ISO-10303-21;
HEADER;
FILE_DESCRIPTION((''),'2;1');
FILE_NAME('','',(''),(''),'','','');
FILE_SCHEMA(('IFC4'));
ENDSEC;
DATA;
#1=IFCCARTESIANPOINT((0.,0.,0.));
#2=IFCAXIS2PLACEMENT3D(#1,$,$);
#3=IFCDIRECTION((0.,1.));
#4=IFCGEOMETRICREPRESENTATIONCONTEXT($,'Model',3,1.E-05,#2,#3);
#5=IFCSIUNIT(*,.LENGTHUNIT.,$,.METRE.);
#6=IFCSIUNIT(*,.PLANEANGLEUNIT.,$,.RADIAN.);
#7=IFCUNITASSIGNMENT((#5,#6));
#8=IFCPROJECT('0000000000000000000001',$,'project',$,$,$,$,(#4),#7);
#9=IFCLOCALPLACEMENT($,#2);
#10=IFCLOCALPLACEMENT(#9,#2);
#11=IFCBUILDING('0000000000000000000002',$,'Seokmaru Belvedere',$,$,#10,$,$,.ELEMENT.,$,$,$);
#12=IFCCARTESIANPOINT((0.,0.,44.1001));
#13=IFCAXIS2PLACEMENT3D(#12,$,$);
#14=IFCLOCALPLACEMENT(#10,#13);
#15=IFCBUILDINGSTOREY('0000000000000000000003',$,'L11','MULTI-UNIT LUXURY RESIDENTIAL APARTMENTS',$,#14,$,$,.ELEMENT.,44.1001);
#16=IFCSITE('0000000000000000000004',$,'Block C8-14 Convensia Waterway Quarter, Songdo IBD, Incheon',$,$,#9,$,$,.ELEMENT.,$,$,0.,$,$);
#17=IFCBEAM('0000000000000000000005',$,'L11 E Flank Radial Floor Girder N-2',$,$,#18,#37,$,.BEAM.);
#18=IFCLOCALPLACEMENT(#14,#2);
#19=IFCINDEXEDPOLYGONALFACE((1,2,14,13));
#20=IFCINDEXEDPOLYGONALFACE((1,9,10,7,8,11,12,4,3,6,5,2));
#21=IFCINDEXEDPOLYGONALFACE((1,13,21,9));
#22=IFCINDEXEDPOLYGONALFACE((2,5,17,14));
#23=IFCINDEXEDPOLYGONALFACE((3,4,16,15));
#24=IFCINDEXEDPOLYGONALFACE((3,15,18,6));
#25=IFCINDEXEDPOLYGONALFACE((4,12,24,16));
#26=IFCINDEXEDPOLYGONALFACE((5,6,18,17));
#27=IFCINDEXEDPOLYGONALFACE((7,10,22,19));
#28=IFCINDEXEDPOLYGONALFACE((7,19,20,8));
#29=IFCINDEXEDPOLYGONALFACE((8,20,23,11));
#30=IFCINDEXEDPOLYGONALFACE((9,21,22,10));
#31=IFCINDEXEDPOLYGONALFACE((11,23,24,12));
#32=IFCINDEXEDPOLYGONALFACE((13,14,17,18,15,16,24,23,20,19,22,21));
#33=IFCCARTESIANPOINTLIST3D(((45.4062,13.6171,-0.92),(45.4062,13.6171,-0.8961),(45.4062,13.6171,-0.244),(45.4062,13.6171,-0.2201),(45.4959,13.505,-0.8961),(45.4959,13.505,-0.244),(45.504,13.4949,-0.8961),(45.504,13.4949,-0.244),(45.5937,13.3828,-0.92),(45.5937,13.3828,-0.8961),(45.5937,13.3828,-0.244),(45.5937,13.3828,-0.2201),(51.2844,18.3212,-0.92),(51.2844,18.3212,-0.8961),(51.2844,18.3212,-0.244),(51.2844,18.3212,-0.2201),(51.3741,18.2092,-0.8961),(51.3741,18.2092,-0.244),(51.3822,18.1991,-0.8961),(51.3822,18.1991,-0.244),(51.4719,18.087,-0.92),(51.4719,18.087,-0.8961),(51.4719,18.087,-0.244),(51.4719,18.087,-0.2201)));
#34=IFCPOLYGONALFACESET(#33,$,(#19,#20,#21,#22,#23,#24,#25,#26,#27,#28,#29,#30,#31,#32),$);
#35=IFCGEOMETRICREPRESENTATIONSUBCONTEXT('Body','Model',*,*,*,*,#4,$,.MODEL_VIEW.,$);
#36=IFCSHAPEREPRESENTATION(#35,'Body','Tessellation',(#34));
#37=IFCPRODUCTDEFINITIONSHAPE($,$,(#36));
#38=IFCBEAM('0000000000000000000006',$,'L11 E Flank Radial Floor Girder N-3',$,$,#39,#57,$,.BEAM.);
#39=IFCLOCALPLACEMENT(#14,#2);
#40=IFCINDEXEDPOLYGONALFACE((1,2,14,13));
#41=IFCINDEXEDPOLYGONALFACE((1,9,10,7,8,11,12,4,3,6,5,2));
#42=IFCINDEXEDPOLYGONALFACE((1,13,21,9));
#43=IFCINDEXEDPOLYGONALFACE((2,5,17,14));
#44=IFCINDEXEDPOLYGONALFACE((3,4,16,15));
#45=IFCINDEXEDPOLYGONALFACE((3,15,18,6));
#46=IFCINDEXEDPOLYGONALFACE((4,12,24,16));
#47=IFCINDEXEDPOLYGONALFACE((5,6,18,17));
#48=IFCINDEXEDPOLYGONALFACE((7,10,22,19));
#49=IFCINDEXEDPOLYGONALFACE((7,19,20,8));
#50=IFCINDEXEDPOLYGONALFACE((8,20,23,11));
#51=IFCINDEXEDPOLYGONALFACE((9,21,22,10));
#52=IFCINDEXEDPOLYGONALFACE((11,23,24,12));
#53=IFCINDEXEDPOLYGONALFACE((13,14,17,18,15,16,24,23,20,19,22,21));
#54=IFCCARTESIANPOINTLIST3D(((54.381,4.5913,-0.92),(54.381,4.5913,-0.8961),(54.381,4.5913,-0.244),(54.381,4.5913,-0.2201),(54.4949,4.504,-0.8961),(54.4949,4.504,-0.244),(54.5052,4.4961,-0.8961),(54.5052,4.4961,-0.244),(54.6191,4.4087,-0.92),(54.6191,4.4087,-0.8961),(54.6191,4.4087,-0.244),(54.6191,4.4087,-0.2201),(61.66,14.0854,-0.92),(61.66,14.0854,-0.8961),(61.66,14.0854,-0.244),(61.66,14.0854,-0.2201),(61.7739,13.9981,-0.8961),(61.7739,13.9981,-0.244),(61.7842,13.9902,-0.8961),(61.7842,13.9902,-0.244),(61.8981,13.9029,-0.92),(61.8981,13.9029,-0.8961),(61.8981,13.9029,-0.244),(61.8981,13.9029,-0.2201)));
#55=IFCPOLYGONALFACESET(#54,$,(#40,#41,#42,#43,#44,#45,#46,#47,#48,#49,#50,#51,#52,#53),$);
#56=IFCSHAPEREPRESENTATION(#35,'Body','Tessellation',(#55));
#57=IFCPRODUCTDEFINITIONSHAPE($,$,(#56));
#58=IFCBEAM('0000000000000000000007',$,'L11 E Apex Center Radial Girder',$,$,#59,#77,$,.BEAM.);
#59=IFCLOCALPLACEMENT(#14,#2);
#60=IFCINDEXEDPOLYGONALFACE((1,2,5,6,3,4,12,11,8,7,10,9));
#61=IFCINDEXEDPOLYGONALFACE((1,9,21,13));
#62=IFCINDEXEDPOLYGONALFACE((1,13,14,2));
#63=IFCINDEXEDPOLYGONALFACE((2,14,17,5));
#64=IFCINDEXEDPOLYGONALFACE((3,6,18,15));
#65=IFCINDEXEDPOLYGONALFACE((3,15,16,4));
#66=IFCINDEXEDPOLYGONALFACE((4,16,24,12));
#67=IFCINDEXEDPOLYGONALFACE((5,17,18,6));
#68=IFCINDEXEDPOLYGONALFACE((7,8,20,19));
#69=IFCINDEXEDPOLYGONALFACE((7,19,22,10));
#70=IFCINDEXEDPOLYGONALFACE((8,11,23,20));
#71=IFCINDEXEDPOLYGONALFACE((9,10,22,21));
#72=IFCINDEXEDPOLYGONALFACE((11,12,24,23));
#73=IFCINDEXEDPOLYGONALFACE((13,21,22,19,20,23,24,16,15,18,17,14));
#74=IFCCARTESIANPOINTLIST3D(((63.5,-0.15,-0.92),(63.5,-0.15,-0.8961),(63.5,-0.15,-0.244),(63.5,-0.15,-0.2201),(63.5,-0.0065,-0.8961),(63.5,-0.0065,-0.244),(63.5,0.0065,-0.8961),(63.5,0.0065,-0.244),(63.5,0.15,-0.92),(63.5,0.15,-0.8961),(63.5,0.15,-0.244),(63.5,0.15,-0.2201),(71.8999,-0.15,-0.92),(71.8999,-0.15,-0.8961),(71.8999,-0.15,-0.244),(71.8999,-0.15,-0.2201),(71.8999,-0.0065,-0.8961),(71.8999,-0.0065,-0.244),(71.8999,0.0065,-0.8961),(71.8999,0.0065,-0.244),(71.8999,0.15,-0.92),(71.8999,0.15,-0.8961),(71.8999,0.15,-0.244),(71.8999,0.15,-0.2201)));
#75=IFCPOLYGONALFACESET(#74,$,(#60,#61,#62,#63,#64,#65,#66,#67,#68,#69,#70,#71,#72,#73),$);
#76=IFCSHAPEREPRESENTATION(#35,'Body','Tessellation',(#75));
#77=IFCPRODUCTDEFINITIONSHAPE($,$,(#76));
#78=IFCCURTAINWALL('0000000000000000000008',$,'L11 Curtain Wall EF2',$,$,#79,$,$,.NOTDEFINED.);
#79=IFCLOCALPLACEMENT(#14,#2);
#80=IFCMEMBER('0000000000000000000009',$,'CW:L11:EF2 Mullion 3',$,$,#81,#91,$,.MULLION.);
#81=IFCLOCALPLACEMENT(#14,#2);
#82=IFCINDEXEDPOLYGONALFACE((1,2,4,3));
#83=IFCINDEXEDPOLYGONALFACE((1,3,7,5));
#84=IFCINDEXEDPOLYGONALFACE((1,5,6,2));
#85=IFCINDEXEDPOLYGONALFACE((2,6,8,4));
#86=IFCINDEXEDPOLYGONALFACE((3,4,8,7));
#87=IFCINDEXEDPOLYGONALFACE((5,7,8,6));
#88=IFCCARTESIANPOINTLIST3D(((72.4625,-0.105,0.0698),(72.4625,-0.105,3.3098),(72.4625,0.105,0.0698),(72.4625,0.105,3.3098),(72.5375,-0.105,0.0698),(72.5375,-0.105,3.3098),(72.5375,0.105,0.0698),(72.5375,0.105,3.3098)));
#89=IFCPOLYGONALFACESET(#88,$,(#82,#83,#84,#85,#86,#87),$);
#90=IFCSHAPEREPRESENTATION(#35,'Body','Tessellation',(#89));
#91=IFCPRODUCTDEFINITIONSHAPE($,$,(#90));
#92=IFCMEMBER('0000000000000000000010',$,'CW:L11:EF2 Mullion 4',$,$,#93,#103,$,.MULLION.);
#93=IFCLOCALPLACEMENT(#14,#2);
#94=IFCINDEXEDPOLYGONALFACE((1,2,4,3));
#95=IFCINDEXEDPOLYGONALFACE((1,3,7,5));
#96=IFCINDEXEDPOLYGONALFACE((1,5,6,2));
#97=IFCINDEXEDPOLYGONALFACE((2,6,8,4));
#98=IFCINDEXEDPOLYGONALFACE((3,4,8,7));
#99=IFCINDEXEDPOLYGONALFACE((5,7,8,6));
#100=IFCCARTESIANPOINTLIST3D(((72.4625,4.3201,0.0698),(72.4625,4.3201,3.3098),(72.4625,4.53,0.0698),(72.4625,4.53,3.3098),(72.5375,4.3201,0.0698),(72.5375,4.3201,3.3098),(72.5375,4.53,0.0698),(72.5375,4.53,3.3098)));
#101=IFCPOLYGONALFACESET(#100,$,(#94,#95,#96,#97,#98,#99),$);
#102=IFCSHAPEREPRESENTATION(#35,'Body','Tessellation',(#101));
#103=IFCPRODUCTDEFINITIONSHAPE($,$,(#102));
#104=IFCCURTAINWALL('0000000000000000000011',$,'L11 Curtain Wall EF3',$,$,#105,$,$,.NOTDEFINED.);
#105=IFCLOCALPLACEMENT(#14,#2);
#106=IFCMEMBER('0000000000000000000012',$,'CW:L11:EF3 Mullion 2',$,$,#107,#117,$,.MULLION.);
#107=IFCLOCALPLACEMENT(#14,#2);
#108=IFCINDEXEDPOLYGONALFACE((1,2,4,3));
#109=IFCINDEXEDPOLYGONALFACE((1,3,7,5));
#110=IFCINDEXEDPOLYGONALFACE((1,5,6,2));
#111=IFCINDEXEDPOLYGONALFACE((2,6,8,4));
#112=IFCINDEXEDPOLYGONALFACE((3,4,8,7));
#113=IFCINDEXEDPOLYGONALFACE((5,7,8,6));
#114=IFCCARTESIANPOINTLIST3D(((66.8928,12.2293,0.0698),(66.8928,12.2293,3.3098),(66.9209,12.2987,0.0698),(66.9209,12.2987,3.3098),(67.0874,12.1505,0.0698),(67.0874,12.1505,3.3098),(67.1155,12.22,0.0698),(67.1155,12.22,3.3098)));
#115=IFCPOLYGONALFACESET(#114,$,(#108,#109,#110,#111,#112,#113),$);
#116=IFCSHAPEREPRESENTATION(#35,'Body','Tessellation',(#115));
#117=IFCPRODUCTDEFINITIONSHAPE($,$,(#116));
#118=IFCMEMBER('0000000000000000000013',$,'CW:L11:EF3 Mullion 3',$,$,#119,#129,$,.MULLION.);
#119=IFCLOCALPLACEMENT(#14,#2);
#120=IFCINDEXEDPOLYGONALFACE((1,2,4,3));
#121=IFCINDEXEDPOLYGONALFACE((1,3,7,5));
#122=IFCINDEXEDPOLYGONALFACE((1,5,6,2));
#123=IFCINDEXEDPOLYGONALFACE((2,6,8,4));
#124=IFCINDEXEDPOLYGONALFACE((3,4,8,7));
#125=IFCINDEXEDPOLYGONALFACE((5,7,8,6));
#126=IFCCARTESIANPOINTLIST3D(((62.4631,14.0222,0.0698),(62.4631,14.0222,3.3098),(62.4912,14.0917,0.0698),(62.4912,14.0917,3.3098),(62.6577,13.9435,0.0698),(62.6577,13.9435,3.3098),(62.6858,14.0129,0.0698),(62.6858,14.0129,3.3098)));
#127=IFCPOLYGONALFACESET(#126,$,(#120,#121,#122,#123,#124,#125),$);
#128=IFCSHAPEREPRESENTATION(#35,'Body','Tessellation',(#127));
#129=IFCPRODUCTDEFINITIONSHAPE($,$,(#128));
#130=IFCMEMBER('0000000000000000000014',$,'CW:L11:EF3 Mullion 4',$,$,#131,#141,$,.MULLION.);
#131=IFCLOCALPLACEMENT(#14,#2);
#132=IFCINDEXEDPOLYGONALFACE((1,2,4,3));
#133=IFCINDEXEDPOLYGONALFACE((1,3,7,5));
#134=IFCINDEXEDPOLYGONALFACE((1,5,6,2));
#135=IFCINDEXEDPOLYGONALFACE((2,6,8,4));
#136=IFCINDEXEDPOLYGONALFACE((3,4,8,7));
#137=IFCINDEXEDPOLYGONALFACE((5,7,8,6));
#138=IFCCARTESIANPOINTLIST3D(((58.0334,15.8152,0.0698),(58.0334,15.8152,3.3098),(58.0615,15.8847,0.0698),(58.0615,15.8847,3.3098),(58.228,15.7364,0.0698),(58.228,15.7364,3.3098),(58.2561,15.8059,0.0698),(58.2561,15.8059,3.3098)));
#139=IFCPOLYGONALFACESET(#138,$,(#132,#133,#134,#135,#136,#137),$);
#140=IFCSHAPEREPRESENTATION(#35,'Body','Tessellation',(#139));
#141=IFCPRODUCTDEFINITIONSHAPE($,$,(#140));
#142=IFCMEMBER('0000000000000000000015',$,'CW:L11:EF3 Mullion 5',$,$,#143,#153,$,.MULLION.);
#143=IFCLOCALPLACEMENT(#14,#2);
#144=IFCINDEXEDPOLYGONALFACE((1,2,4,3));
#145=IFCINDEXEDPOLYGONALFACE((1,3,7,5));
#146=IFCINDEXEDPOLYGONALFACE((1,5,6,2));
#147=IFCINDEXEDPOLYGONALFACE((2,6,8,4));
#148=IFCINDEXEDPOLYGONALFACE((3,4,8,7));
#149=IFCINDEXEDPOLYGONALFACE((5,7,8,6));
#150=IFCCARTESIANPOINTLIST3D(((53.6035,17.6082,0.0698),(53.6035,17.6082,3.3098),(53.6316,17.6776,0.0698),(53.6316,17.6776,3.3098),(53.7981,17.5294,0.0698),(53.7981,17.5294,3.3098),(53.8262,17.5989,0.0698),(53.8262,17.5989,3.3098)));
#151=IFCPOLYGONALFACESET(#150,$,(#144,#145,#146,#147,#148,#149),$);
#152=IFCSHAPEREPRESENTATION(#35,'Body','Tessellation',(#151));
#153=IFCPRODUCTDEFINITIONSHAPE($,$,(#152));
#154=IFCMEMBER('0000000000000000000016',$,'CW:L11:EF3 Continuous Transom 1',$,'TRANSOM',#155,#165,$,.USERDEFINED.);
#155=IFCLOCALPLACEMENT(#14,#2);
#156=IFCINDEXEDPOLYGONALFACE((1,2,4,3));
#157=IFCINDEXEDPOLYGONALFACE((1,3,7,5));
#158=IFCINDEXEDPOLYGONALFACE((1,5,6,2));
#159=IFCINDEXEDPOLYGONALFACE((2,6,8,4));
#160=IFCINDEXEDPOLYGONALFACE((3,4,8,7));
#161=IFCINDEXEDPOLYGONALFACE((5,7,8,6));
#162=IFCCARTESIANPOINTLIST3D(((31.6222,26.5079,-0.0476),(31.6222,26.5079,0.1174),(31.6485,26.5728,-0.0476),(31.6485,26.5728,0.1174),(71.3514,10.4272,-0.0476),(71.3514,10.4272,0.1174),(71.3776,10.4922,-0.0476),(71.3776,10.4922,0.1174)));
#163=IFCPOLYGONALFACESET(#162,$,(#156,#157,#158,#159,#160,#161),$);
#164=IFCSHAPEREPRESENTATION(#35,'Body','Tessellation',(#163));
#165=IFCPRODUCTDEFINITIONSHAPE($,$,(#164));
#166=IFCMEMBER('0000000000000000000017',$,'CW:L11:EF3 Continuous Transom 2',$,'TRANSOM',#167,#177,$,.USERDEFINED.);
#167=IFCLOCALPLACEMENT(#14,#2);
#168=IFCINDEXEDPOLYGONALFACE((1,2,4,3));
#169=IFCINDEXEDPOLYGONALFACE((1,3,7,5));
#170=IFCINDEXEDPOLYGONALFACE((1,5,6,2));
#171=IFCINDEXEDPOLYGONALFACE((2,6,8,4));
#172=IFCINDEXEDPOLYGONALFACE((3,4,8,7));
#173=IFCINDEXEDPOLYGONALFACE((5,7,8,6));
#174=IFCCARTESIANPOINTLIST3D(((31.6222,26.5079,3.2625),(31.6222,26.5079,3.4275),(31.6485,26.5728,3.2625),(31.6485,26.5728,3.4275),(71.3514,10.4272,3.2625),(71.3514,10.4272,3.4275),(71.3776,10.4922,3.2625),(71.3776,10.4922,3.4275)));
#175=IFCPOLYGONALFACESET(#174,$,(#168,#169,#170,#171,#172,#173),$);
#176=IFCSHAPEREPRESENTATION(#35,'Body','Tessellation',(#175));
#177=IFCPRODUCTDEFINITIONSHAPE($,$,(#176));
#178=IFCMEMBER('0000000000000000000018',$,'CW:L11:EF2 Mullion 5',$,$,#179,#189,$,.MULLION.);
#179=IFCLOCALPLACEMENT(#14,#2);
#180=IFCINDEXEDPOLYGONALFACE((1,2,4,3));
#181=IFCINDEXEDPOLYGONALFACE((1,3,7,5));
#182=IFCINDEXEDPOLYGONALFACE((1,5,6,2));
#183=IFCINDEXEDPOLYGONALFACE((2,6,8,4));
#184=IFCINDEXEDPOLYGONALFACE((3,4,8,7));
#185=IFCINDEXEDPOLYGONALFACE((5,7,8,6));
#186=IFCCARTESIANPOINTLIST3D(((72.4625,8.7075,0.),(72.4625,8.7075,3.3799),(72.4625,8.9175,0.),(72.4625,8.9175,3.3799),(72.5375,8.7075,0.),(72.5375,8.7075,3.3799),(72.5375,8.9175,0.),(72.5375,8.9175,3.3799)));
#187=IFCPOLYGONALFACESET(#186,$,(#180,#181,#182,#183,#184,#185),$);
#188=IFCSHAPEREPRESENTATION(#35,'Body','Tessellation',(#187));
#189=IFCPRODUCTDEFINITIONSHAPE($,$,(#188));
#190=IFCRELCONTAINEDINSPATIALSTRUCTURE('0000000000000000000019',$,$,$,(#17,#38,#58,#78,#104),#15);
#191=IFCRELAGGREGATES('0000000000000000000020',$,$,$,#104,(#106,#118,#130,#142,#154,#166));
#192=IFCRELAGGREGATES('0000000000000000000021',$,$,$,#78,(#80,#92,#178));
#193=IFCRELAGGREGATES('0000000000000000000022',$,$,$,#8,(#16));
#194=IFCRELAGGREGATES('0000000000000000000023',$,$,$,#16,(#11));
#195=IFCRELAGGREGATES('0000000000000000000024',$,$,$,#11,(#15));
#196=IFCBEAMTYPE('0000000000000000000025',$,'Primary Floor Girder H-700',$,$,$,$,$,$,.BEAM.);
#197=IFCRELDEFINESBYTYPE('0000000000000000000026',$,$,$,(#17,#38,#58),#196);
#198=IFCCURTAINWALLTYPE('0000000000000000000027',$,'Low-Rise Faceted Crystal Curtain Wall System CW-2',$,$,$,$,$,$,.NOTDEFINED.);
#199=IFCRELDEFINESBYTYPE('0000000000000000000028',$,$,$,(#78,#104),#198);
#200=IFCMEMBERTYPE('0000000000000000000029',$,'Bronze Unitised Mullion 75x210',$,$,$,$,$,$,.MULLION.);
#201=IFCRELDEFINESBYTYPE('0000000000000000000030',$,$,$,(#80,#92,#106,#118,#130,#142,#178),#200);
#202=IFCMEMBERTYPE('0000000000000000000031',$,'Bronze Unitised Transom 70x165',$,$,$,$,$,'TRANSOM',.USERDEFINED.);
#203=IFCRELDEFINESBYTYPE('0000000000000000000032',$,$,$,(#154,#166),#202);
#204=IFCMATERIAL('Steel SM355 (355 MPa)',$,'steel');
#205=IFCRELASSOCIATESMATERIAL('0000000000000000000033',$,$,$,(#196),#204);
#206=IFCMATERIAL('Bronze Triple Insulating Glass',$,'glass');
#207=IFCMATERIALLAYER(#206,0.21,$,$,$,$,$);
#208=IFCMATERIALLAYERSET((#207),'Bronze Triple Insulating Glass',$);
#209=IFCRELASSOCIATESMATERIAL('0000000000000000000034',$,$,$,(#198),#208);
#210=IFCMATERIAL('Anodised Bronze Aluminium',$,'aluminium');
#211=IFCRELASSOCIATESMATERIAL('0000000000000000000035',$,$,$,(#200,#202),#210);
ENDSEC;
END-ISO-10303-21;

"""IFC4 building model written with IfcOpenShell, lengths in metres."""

from ifc_helpers import new_model, si_unit, direction, frame, origin, origin_2d, place, context, subcontext, project, spatial, rectangle, i_section, extrude, source, transform, mapped, material, layer, layer_set, material_profile, profile_set, type_object, type_shapes, element, aggregate, save


model = new_model("IFC4")

# Units and contexts
model_context = context("Model", 3, precision=1e-05, world=origin(), true_north=direction((0.0, 1.0)))
body_context = subcontext(model_context, "Body", "Model", "MODEL_VIEW")
ifc_project = project(units=[si_unit("LENGTHUNIT", "METRE"), si_unit("PLANEANGLEUNIT", "RADIAN")], contexts=[model_context])

# Site, building, storey
site_placement = place(None, origin())
site = spatial("IfcSite", under=ifc_project, at=site_placement, Name="Block C8-14 Convensia Waterway Quarter, Songdo IBD, Incheon", CompositionType="ELEMENT", RefElevation=0.0)
building_placement = place(site_placement, origin())
building = spatial("IfcBuilding", under=site, at=building_placement, Name="Seokmaru Belvedere", CompositionType="ELEMENT")
storey_placement = place(building_placement, frame((0.0, 0.0, 44.1001)))
storey = spatial("IfcBuildingStorey", under=building, at=storey_placement, Name="L11", Description="MULTI-UNIT LUXURY RESIDENTIAL APARTMENTS", CompositionType="ELEMENT", Elevation=44.1001)

# Shared definitions
ifc_material_1 = material(Name="Steel SM355 (355 MPa)", Category="steel")

# Beams
ifc_material_profile_1 = material_profile(ifc_material_1, i_section(OverallWidth=0.3, OverallDepth=0.7, WebThickness=0.0129, FlangeThickness=0.0239, at=origin_2d()), Name="H-700x300x13x24")
ifc_profile_set_1 = profile_set([ifc_material_profile_1], Name="Steel SM355 (355 MPa)")
beam_type_1 = type_object("IfcBeamType", Name="Primary Floor Girder H-700", PredefinedType="BEAM", material=ifc_profile_set_1)
shared_shape_1 = source(origin(), body_context, "Body", "SweptSolid", [
    extrude(i_section(OverallWidth=0.3, OverallDepth=0.7, WebThickness=0.0129, FlangeThickness=0.0239, at=origin_2d()), origin(), (0.0, 0.0, 1.0), 7.5288),
])
beam_1_placement = place(storey_placement, frame((51.3782, 18.2041, -0.5701), z_axis=(-0.780768, -0.624822, 0.0), x_axis=(0.624822, -0.780768, 0.0)))
element("IfcBeam", 1, at=beam_1_placement, inside=storey, type_object=beam_type_1, Name="L11 E Flank Radial Floor Girder N-2", PredefinedType="BEAM", context=body_context, shape_type="MappedRepresentation", body=[
    mapped(shared_shape_1, transform((0.0, 0.0, 0.0), scale=1.0)),
])
shared_shape_2 = source(origin(), body_context, "Body", "SweptSolid", [
    extrude(i_section(OverallWidth=0.3, OverallDepth=0.7, WebThickness=0.0129, FlangeThickness=0.0239, at=origin_2d()), origin(), (0.0, 0.0, 1.0), 11.9634),
])
beam_2_placement = place(storey_placement, frame((61.7791, 13.9941, -0.5701), z_axis=(-0.608443, -0.793598, 0.0), x_axis=(0.793598, -0.608443, 0.0)))
element("IfcBeam", 2, at=beam_2_placement, inside=storey, type_object=beam_type_1, Name="L11 E Flank Radial Floor Girder N-3", PredefinedType="BEAM", context=body_context, shape_type="MappedRepresentation", body=[
    mapped(shared_shape_2, transform((0.0, 0.0, 0.0), scale=1.0)),
])
shared_shape_3 = source(origin(), body_context, "Body", "SweptSolid", [
    extrude(i_section(OverallWidth=0.3, OverallDepth=0.7, WebThickness=0.0129, FlangeThickness=0.0239, at=origin_2d()), origin(), (0.0, 0.0, 1.0), 8.3999),
])
beam_3_placement = place(storey_placement, frame((71.8999, 0.0, -0.5701), z_axis=(-1.0, 0.0, 0.0), x_axis=(0.0, -1.0, 0.0)))
element("IfcBeam", 3, at=beam_3_placement, inside=storey, type_object=beam_type_1, Name="L11 E Apex Center Radial Girder", PredefinedType="BEAM", context=body_context, shape_type="MappedRepresentation", body=[
    mapped(shared_shape_3, transform((0.0, 0.0, 0.0), scale=1.0)),
])

# Curtain walls, members
ifc_material_2 = material(Name="Bronze Triple Insulating Glass", Category="glass")
ifc_layer_1 = layer(ifc_material_2, 0.21)
ifc_layer_set_1 = layer_set([ifc_layer_1], Name="Bronze Triple Insulating Glass")
curtain_wall_type = type_object("IfcCurtainWallType", Name="Low-Rise Faceted Crystal Curtain Wall System CW-2", PredefinedType="NOTDEFINED", material=ifc_layer_set_1)
curtain_wall_1_placement = place(storey_placement, origin())
curtain_wall_1 = element("IfcCurtainWall", 4, at=curtain_wall_1_placement, inside=storey, type_object=curtain_wall_type, Name="L11 Curtain Wall EF2", PredefinedType="NOTDEFINED")
ifc_material_3 = material(Name="Anodised Bronze Aluminium", Category="aluminium")
ifc_material_profile_2 = material_profile(ifc_material_3, rectangle(XDim=0.075, YDim=0.21, at=origin_2d()), Name="CW-M-75x210")
ifc_profile_set_2 = profile_set([ifc_material_profile_2], Name="Anodised Bronze Aluminium")
member_type_1 = type_object("IfcMemberType", Name="Bronze Unitised Mullion 75x210", PredefinedType="MULLION", material=ifc_profile_set_2)
shared_shape_4 = source(origin(), body_context, "Body", "SweptSolid", [
    extrude(rectangle(XDim=0.075, YDim=0.21, at=origin_2d()), origin(), (0.0, 0.0, 1.0), 3.24),
])
member_1_placement = place(storey_placement, frame((72.5, 0.0, 0.0698), z_axis=(0.0, 0.0, 1.0), x_axis=(-1.0, 0.0, 0.0)))
member_1 = element("IfcMember", 5, at=member_1_placement, type_object=member_type_1, Name="CW:L11:EF2 Mullion 3", PredefinedType="MULLION", context=body_context, shape_type="MappedRepresentation", body=[
    mapped(shared_shape_4, transform((0.0, 0.0, 0.0), scale=1.0)),
])
member_2_placement = place(storey_placement, frame((72.5, 4.425, 0.0698), z_axis=(0.0, 0.0, 1.0), x_axis=(-1.0, 0.0, 0.0)))
member_2 = element("IfcMember", 6, at=member_2_placement, type_object=member_type_1, Name="CW:L11:EF2 Mullion 4", PredefinedType="MULLION", context=body_context, shape_type="MappedRepresentation", body=[
    mapped(shared_shape_4, transform((0.0, 0.0, 0.0), scale=1.0)),
])
curtain_wall_2_placement = place(storey_placement, origin())
curtain_wall_2 = element("IfcCurtainWall", 7, at=curtain_wall_2_placement, inside=storey, type_object=curtain_wall_type, Name="L11 Curtain Wall EF3", PredefinedType="NOTDEFINED")
member_3_placement = place(storey_placement, frame((67.0042, 12.2246, 0.0698), z_axis=(0.0, 0.0, 1.0), x_axis=(-0.375192, -0.926947, 0.0)))
member_3 = element("IfcMember", 8, at=member_3_placement, type_object=member_type_1, Name="CW:L11:EF3 Mullion 2", PredefinedType="MULLION", context=body_context, shape_type="MappedRepresentation", body=[
    mapped(shared_shape_4, transform((0.0, 0.0, 0.0), scale=1.0)),
])
member_4_placement = place(storey_placement, frame((62.5745, 14.0176, 0.0698), z_axis=(0.0, 0.0, 1.0), x_axis=(-0.375192, -0.926947, 0.0)))
member_4 = element("IfcMember", 9, at=member_4_placement, type_object=member_type_1, Name="CW:L11:EF3 Mullion 3", PredefinedType="MULLION", context=body_context, shape_type="MappedRepresentation", body=[
    mapped(shared_shape_4, transform((0.0, 0.0, 0.0), scale=1.0)),
])
member_5_placement = place(storey_placement, frame((58.1448, 15.8105, 0.0698), z_axis=(0.0, 0.0, 1.0), x_axis=(-0.375192, -0.926947, 0.0)))
member_5 = element("IfcMember", 10, at=member_5_placement, type_object=member_type_1, Name="CW:L11:EF3 Mullion 4", PredefinedType="MULLION", context=body_context, shape_type="MappedRepresentation", body=[
    mapped(shared_shape_4, transform((0.0, 0.0, 0.0), scale=1.0)),
])
member_6_placement = place(storey_placement, frame((53.7148, 17.6035, 0.0698), z_axis=(0.0, 0.0, 1.0), x_axis=(-0.375192, -0.926947, 0.0)))
member_6 = element("IfcMember", 11, at=member_6_placement, type_object=member_type_1, Name="CW:L11:EF3 Mullion 5", PredefinedType="MULLION", context=body_context, shape_type="MappedRepresentation", body=[
    mapped(shared_shape_4, transform((0.0, 0.0, 0.0), scale=1.0)),
])
ifc_material_profile_3 = material_profile(ifc_material_3, rectangle(XDim=0.0701, YDim=0.165, at=origin_2d()), Name="CW-T-70x165")
ifc_profile_set_3 = profile_set([ifc_material_profile_3], Name="Anodised Bronze Aluminium")
member_type_2 = type_object("IfcMemberType", Name="Bronze Unitised Transom 70x165", ElementType="TRANSOM", PredefinedType="USERDEFINED", material=ifc_profile_set_3)
shared_shape_5 = source(origin(), body_context, "Body", "SweptSolid", [
    extrude(rectangle(XDim=0.0701, YDim=0.165, at=origin_2d()), origin(), (0.0, 0.0, 1.0), 42.8601),
])
type_shapes(member_type_2, [shared_shape_5])
member_7_placement = place(storey_placement, frame((71.3645, 10.4597, 0.0349), z_axis=(-0.926949, 0.375188, 0.0), x_axis=(-0.375188, -0.926949, 0.0)))
member_7 = element("IfcMember", 12, at=member_7_placement, type_object=member_type_2, Name="CW:L11:EF3 Continuous Transom 1", ObjectType="TRANSOM", PredefinedType="USERDEFINED", context=body_context, shape_type="MappedRepresentation", body=[
    mapped(shared_shape_5, transform((0.0, 0.0, 0.0), scale=1.0)),
])
member_8_placement = place(storey_placement, frame((71.3645, 10.4597, 3.345), z_axis=(-0.926949, 0.375188, 0.0), x_axis=(-0.375188, -0.926949, 0.0)))
member_8 = element("IfcMember", 13, at=member_8_placement, type_object=member_type_2, Name="CW:L11:EF3 Continuous Transom 2", ObjectType="TRANSOM", PredefinedType="USERDEFINED", context=body_context, shape_type="MappedRepresentation", body=[
    mapped(shared_shape_5, transform((0.0, 0.0, 0.0), scale=1.0)),
])

# Member
shared_shape_6 = source(origin(), body_context, "Body", "SweptSolid", [
    extrude(rectangle(XDim=0.075, YDim=0.21, at=origin_2d()), origin(), (0.0, 0.0, 1.0), 3.3799),
])
type_shapes(member_type_1, [shared_shape_4, shared_shape_6])
member_9_placement = place(storey_placement, frame((72.5, 8.8125, 0.0), z_axis=(0.0, 0.0, 1.0), x_axis=(-1.0, 0.0, 0.0)))
member_9 = element("IfcMember", 14, at=member_9_placement, type_object=member_type_1, Name="CW:L11:EF2 Mullion 5", PredefinedType="MULLION", context=body_context, shape_type="MappedRepresentation", body=[
    mapped(shared_shape_6, transform((0.0, 0.0, 0.0), scale=1.0)),
])

aggregate(curtain_wall_2, [member_3, member_4, member_5, member_6, member_7, member_8])
aggregate(curtain_wall_1, [member_1, member_2, member_9])

save(model, "model.ifc")
